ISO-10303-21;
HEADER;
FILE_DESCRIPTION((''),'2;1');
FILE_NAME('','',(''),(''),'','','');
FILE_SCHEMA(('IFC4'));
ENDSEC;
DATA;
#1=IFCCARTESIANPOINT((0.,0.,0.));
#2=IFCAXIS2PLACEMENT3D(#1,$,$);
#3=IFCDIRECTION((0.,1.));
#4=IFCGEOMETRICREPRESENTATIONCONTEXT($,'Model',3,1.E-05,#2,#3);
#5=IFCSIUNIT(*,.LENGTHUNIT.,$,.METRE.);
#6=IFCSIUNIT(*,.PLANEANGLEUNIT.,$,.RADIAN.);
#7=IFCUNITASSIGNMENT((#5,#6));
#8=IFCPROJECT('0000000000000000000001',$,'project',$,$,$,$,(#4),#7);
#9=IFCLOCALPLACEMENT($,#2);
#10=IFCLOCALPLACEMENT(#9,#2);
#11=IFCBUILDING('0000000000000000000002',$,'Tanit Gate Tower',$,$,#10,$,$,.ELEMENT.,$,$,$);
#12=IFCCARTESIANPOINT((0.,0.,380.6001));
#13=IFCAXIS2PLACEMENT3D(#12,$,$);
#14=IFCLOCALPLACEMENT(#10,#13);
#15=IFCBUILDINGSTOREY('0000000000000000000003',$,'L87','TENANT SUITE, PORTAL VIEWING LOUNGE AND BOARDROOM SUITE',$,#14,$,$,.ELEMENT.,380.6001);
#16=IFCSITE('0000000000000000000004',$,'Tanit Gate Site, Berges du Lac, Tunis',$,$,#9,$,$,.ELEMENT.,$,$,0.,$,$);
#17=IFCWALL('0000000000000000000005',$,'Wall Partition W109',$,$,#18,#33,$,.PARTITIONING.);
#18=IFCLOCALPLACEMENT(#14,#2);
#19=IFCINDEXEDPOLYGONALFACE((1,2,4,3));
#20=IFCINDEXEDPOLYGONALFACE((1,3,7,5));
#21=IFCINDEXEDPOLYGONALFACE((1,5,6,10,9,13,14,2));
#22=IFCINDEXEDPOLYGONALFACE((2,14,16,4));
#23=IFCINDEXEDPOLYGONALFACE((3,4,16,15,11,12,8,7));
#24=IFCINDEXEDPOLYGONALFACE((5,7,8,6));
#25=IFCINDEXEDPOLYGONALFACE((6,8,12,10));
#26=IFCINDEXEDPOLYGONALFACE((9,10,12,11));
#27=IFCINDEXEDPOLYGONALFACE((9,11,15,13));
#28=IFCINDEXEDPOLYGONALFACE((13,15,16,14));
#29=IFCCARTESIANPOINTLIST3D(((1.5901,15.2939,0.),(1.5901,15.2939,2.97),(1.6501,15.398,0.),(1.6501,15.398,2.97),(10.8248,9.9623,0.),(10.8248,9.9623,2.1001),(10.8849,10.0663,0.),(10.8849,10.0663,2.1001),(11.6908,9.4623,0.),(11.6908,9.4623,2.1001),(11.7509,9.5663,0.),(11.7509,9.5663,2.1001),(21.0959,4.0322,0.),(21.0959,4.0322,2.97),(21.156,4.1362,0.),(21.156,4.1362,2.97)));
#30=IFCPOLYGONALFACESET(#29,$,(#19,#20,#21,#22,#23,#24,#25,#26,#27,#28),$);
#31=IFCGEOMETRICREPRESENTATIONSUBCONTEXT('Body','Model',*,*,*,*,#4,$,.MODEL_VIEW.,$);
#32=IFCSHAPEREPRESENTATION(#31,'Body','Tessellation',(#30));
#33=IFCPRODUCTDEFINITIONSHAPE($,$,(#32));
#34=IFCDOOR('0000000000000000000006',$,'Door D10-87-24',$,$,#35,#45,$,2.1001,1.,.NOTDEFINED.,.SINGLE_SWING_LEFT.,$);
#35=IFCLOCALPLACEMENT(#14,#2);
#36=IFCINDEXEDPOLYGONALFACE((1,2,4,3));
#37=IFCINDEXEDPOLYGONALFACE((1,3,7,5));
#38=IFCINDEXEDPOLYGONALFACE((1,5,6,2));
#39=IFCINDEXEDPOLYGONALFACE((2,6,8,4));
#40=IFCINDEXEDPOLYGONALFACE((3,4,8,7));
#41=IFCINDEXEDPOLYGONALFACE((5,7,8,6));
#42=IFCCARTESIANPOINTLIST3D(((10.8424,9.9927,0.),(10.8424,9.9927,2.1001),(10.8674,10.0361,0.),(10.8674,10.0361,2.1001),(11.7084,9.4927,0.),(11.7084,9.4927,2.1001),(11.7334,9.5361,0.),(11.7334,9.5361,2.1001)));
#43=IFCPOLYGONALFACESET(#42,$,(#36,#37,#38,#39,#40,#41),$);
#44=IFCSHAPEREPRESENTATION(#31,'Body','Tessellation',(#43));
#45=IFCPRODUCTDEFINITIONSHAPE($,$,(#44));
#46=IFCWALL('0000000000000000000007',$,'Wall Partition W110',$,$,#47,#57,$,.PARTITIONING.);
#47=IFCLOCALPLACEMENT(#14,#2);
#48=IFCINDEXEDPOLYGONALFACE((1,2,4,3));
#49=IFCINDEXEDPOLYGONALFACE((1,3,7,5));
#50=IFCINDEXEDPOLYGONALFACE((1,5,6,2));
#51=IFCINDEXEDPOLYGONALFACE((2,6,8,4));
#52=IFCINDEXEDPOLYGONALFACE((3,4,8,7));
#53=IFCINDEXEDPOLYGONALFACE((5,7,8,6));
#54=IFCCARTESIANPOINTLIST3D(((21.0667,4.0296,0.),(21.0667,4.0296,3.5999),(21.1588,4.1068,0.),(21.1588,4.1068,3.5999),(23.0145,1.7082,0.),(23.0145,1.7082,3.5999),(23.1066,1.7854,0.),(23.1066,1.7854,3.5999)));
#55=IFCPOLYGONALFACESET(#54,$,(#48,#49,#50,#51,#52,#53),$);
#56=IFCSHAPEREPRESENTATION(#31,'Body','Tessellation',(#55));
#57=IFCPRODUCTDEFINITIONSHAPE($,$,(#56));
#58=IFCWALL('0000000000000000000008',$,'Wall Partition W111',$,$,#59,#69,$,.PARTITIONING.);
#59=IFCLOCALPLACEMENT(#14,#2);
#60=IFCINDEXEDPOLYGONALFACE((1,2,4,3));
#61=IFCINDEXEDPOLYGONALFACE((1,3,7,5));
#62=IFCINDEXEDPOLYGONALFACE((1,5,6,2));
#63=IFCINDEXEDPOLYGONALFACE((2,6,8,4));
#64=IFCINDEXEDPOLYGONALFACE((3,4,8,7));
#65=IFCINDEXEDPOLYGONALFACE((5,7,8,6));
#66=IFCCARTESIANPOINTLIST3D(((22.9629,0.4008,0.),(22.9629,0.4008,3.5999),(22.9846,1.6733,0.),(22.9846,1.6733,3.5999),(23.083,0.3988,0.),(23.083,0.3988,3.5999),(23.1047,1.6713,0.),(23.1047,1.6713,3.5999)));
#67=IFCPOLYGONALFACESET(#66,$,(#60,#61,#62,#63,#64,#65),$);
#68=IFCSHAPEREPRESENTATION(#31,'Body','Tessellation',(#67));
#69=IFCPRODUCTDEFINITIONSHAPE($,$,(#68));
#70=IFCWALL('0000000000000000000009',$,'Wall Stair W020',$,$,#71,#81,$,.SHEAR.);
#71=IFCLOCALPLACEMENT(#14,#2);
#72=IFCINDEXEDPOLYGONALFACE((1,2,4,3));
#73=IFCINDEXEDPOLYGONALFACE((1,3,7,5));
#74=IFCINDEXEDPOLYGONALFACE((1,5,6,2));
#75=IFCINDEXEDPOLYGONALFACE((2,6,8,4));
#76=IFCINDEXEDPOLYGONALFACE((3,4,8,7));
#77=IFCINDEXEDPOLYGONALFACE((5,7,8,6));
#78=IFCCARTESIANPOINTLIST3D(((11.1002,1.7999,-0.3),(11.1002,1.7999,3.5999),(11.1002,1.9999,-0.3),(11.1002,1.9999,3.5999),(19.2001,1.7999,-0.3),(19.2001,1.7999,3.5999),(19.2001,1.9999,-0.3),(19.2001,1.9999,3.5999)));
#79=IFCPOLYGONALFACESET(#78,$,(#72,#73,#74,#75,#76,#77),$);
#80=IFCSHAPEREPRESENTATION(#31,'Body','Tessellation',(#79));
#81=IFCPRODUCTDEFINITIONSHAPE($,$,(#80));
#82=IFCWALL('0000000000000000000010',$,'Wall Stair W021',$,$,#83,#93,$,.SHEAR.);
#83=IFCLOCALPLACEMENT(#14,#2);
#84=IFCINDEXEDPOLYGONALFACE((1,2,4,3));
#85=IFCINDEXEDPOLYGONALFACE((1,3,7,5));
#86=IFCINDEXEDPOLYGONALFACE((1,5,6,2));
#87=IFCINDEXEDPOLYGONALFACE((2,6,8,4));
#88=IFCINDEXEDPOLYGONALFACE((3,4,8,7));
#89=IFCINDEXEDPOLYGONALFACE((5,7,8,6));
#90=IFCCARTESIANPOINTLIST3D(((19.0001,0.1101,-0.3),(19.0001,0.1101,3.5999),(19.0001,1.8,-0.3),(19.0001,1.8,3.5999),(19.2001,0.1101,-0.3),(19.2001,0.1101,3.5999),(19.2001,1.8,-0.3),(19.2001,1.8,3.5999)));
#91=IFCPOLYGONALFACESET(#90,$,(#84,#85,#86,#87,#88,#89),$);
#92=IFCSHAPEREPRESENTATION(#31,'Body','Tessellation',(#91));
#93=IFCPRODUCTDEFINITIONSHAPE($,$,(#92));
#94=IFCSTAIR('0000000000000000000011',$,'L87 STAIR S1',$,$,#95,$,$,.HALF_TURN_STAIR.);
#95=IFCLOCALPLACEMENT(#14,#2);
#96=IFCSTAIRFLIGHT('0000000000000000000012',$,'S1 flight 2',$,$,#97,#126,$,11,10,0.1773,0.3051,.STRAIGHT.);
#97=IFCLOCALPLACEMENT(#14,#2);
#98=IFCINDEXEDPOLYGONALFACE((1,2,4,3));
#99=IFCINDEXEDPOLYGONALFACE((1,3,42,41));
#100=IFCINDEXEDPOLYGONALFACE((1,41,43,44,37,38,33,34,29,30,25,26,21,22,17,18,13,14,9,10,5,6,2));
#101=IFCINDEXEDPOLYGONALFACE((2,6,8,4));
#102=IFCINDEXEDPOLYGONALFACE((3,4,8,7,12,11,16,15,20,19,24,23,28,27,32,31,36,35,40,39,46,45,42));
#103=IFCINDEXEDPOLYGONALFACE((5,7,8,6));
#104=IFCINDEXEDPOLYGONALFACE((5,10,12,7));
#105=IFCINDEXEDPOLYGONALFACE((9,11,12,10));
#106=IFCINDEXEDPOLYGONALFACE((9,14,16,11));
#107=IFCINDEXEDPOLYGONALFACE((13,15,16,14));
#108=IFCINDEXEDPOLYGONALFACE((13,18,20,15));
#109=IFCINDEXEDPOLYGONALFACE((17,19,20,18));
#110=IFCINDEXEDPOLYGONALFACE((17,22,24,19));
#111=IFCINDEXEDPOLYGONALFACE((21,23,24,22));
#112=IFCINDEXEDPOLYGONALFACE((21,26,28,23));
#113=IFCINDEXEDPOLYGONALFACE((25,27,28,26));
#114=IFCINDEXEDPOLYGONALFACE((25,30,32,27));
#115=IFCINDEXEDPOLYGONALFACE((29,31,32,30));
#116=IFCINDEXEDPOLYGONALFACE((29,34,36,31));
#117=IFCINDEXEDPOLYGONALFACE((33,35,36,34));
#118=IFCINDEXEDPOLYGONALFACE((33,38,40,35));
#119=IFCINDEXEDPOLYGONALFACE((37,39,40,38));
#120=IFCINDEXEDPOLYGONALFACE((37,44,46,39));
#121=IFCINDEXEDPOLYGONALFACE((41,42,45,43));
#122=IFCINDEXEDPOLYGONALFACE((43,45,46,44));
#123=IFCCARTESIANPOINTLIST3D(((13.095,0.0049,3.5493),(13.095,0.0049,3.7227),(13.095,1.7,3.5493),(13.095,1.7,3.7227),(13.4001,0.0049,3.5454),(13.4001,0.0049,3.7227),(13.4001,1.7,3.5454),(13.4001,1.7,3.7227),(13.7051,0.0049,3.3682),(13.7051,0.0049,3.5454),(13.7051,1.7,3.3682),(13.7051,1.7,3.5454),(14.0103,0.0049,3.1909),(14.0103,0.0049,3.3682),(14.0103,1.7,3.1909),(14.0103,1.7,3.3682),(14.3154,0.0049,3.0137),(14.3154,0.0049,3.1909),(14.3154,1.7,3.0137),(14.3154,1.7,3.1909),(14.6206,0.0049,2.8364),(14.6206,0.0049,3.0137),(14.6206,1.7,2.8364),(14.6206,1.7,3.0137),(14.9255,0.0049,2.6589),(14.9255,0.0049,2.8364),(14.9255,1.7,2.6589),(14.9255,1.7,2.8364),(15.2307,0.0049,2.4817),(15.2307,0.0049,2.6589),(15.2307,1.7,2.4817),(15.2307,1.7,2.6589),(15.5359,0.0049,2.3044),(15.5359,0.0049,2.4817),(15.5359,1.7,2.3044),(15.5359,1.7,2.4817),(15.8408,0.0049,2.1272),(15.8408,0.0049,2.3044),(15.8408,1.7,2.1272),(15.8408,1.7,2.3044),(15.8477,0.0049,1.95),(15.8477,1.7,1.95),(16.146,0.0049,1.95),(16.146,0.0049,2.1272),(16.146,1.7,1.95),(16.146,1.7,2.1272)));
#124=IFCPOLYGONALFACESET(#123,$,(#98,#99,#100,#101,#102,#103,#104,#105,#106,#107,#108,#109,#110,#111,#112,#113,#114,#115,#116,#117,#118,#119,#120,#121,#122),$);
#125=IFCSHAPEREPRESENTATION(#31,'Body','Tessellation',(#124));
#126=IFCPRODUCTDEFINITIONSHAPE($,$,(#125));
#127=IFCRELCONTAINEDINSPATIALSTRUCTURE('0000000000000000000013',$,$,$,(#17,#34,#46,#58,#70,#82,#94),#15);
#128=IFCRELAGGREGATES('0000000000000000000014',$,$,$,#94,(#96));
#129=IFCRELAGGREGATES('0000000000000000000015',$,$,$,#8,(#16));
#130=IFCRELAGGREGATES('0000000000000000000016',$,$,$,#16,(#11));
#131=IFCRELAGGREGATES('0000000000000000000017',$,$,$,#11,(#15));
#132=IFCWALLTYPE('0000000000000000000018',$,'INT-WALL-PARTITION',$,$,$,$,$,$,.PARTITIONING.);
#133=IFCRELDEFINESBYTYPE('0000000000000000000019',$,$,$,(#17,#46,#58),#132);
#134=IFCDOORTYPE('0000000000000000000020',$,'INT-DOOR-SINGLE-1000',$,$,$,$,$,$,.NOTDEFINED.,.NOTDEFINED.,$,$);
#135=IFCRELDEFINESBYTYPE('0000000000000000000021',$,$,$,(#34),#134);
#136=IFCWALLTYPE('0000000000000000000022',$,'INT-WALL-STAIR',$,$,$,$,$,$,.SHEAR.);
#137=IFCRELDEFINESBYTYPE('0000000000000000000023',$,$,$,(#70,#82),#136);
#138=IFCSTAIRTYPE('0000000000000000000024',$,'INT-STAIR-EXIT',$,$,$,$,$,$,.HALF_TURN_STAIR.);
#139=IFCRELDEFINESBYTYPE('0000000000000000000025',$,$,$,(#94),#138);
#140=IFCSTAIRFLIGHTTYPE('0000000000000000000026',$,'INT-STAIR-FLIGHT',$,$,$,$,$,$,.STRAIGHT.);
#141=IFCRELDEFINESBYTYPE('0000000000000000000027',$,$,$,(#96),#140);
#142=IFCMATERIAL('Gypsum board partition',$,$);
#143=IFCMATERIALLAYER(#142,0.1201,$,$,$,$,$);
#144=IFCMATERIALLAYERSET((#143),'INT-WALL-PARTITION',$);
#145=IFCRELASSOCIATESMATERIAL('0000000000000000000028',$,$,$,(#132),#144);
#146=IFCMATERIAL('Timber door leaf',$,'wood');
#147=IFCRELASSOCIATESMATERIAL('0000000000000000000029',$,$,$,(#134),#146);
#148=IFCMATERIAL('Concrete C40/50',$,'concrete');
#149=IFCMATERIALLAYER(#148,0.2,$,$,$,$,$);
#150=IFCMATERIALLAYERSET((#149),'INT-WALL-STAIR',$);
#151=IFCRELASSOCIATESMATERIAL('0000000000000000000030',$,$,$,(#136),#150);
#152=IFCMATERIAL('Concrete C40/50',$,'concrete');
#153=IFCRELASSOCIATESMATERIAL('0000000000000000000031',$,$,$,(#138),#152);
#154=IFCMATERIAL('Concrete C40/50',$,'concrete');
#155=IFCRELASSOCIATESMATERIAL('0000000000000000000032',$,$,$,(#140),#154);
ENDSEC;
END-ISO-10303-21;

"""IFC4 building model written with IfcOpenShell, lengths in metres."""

from ifc_helpers import new_model, si_unit, direction, frame, frame_2d, origin, place, context, subcontext, project, spatial, polyline, rectangle, outline, extrude, material, layer, layer_set, type_object, element, fill, aggregate, save


model = new_model("IFC4")

# Units and contexts
model_context = context("Model", 3, precision=1e-05, world=origin(), true_north=direction((0.0, 1.0)))
body_context = subcontext(model_context, "Body", "Model", "MODEL_VIEW")
ifc_project = project(units=[si_unit("LENGTHUNIT", "METRE"), si_unit("PLANEANGLEUNIT", "RADIAN")], contexts=[model_context])

# Site, building, storey
site_placement = place(None, origin())
site = spatial("IfcSite", under=ifc_project, at=site_placement, Name="Tanit Gate Site, Berges du Lac, Tunis", CompositionType="ELEMENT", RefElevation=0.0)
building_placement = place(site_placement, origin())
building = spatial("IfcBuilding", under=site, at=building_placement, Name="Tanit Gate Tower", CompositionType="ELEMENT")
storey_placement = place(building_placement, frame((0.0, 0.0, 380.6001)))
storey = spatial("IfcBuildingStorey", under=building, at=storey_placement, Name="L87", Description="TENANT SUITE, PORTAL VIEWING LOUNGE AND BOARDROOM SUITE", CompositionType="ELEMENT", Elevation=380.6001)

# Wall, opening, door
ifc_material_1 = material(Name="Gypsum board partition")
ifc_layer_1 = layer(ifc_material_1, 0.1201)
ifc_layer_set_1 = layer_set([ifc_layer_1], Name="INT-WALL-PARTITION")
wall_type_1 = type_object("IfcWallType", Name="INT-WALL-PARTITION", PredefinedType="PARTITIONING", material=ifc_layer_set_1)
wall_1_placement = place(storey_placement, frame((21.126, 4.0842, 0.0), z_axis=(0.0, 0.0, 1.0), x_axis=(-0.866025, 0.5, 0.0)))
wall_1 = element("IfcWall", 1, at=wall_1_placement, inside=storey, type_object=wall_type_1, Name="Wall Partition W109", PredefinedType="PARTITIONING", context=body_context, shape_type="SweptSolid", body=[
    extrude(rectangle(XDim=22.5234, YDim=0.1201, at=frame_2d((11.2617, 0.0))), origin(), (0.0, 0.0, 1.0), 2.97),
])
opening_1_placement = place(wall_1_placement, frame((10.8601, 0.0, 0.0)))
opening_1 = element("IfcOpeningElement", 2, at=opening_1_placement, cuts=wall_1, PredefinedType="OPENING", context=body_context, shape_type="SweptSolid", body=[
    extrude(rectangle(XDim=1.0, YDim=2.1001, at=frame_2d((0.5, 1.05))), frame((0.0, 0.0701, 0.0), z_axis=(0.0, -1.0, 0.0), x_axis=(1.0, 0.0, 0.0)), (0.0, 0.0, 1.0), 0.1401),
])
ifc_material_2 = material(Name="Timber door leaf", Category="wood")
door_type_1 = type_object("IfcDoorType", Name="INT-DOOR-SINGLE-1000", OperationType="NOTDEFINED", PredefinedType="NOTDEFINED", material=ifc_material_2)
door_1_placement = place(opening_1_placement, origin())
door_1 = element("IfcDoor", 3, at=door_1_placement, inside=storey, type_object=door_type_1, Name="Door D10-87-24", OperationType="SINGLE_SWING_LEFT", OverallHeight=2.1001, OverallWidth=1.0, PredefinedType="NOTDEFINED", context=body_context, shape_type="SweptSolid", body=[
    extrude(rectangle(XDim=1.0, YDim=2.1001, at=frame_2d((0.5, 1.05))), frame((0.0, 0.0249, 0.0), z_axis=(0.0, -1.0, 0.0), x_axis=(1.0, 0.0, 0.0)), (0.0, 0.0, 1.0), 0.05),
])
fill(opening_1, door_1)

# Walls
wall_2_placement = place(storey_placement, frame((23.0605, 1.7468, 0.0), z_axis=(0.0, 0.0, 1.0), x_axis=(-0.64278, 0.766051, 0.0)))
element("IfcWall", 4, at=wall_2_placement, inside=storey, type_object=wall_type_1, Name="Wall Partition W110", PredefinedType="PARTITIONING", context=body_context, shape_type="SweptSolid", body=[
    extrude(rectangle(XDim=3.0303, YDim=0.1201, at=frame_2d((1.5151, 0.0))), origin(), (0.0, 0.0, 1.0), 3.5999),
])
wall_3_placement = place(storey_placement, frame((23.0229, 0.3999, 0.0), z_axis=(0.0, 0.0, 1.0), x_axis=(0.017073, 0.999854, 0.0)))
element("IfcWall", 5, at=wall_3_placement, inside=storey, type_object=wall_type_1, Name="Wall Partition W111", PredefinedType="PARTITIONING", context=body_context, shape_type="SweptSolid", body=[
    extrude(rectangle(XDim=1.2727, YDim=0.1201, at=frame_2d((0.6362, 0.0))), origin(), (0.0, 0.0, 1.0), 3.5999),
])
ifc_material_3 = material(Name="Concrete C40/50", Category="concrete")
ifc_layer_2 = layer(ifc_material_3, 0.2)
ifc_layer_set_2 = layer_set([ifc_layer_2], Name="INT-WALL-STAIR")
wall_type_2 = type_object("IfcWallType", Name="INT-WALL-STAIR", PredefinedType="SHEAR", material=ifc_layer_set_2)
wall_4_placement = place(storey_placement, frame((19.2, 1.8999, -0.3), z_axis=(0.0, 0.0, 1.0), x_axis=(-1.0, 0.0, 0.0)))
element("IfcWall", 6, at=wall_4_placement, inside=storey, type_object=wall_type_2, Name="Wall Stair W020", PredefinedType="SHEAR", context=body_context, shape_type="SweptSolid", body=[
    extrude(rectangle(XDim=8.0999, YDim=0.2, at=frame_2d((4.0498, 0.0))), origin(), (0.0, 0.0, 1.0), 3.8999),
])
wall_5_placement = place(storey_placement, frame((19.1001, 0.1101, -0.3), z_axis=(0.0, 0.0, 1.0), x_axis=(0.0, 1.0, 0.0)))
element("IfcWall", 7, at=wall_5_placement, inside=storey, type_object=wall_type_2, Name="Wall Stair W021", PredefinedType="SHEAR", context=body_context, shape_type="SweptSolid", body=[
    extrude(rectangle(XDim=1.6899, YDim=0.2, at=frame_2d((0.845, 0.0))), origin(), (0.0, 0.0, 1.0), 3.8999),
])

# Stair, stair flight
ifc_material_4 = material(Name="Concrete C40/50", Category="concrete")
stair_type = type_object("IfcStairType", Name="INT-STAIR-EXIT", PredefinedType="HALF_TURN_STAIR", material=ifc_material_4)
stair_placement = place(storey_placement, origin())
stair = element("IfcStair", 8, at=stair_placement, inside=storey, type_object=stair_type, Name="L87 STAIR S1", PredefinedType="HALF_TURN_STAIR")
ifc_material_5 = material(Name="Concrete C40/50", Category="concrete")
stair_flight_type = type_object("IfcStairFlightType", Name="INT-STAIR-FLIGHT", PredefinedType="STRAIGHT", material=ifc_material_5)
stair_flight_placement = place(storey_placement, frame((16.146, 0.8525, 1.95), z_axis=(0.0, 0.0, 1.0), x_axis=(-1.0, 0.0, 0.0)))
stair_flight = element("IfcStairFlight", 9, at=stair_flight_placement, type_object=stair_flight_type, Name="S1 flight 2", NumberOfRisers=11, NumberOfTreads=10, PredefinedType="STRAIGHT", RiserHeight=0.1773, TreadLength=0.3051, context=body_context, shape_type="SweptSolid", body=[
    extrude(outline(polyline([(0.0, 0.0), (0.0, 0.1772), (0.3052, 0.1772), (0.3052, 0.3545), (0.6101, 0.3545), (0.6101, 0.5317), (0.9153, 0.5317), (0.9153, 0.709), (1.2205, 0.709), (1.2205, 0.8865), (1.5254, 0.8865), (1.5254, 1.0637), (1.8306, 1.0637), (1.8306, 1.241), (2.1357, 1.241), (2.1357, 1.4182), (2.4409, 1.4182), (2.4409, 1.5955), (2.7458, 1.5955), (2.7458, 1.7727), (3.051, 1.7727), (3.051, 1.95), (3.051, 1.5994), (0.2983, 0.0), (0.0, 0.0)])), frame((0.0, 0.8477, 0.0), z_axis=(0.0, -1.0, 0.0), x_axis=(1.0, 0.0, 0.0)), (0.0, 0.0, 1.0), 1.6951),
])
aggregate(stair, [stair_flight])

save(model, "model.ifc")
